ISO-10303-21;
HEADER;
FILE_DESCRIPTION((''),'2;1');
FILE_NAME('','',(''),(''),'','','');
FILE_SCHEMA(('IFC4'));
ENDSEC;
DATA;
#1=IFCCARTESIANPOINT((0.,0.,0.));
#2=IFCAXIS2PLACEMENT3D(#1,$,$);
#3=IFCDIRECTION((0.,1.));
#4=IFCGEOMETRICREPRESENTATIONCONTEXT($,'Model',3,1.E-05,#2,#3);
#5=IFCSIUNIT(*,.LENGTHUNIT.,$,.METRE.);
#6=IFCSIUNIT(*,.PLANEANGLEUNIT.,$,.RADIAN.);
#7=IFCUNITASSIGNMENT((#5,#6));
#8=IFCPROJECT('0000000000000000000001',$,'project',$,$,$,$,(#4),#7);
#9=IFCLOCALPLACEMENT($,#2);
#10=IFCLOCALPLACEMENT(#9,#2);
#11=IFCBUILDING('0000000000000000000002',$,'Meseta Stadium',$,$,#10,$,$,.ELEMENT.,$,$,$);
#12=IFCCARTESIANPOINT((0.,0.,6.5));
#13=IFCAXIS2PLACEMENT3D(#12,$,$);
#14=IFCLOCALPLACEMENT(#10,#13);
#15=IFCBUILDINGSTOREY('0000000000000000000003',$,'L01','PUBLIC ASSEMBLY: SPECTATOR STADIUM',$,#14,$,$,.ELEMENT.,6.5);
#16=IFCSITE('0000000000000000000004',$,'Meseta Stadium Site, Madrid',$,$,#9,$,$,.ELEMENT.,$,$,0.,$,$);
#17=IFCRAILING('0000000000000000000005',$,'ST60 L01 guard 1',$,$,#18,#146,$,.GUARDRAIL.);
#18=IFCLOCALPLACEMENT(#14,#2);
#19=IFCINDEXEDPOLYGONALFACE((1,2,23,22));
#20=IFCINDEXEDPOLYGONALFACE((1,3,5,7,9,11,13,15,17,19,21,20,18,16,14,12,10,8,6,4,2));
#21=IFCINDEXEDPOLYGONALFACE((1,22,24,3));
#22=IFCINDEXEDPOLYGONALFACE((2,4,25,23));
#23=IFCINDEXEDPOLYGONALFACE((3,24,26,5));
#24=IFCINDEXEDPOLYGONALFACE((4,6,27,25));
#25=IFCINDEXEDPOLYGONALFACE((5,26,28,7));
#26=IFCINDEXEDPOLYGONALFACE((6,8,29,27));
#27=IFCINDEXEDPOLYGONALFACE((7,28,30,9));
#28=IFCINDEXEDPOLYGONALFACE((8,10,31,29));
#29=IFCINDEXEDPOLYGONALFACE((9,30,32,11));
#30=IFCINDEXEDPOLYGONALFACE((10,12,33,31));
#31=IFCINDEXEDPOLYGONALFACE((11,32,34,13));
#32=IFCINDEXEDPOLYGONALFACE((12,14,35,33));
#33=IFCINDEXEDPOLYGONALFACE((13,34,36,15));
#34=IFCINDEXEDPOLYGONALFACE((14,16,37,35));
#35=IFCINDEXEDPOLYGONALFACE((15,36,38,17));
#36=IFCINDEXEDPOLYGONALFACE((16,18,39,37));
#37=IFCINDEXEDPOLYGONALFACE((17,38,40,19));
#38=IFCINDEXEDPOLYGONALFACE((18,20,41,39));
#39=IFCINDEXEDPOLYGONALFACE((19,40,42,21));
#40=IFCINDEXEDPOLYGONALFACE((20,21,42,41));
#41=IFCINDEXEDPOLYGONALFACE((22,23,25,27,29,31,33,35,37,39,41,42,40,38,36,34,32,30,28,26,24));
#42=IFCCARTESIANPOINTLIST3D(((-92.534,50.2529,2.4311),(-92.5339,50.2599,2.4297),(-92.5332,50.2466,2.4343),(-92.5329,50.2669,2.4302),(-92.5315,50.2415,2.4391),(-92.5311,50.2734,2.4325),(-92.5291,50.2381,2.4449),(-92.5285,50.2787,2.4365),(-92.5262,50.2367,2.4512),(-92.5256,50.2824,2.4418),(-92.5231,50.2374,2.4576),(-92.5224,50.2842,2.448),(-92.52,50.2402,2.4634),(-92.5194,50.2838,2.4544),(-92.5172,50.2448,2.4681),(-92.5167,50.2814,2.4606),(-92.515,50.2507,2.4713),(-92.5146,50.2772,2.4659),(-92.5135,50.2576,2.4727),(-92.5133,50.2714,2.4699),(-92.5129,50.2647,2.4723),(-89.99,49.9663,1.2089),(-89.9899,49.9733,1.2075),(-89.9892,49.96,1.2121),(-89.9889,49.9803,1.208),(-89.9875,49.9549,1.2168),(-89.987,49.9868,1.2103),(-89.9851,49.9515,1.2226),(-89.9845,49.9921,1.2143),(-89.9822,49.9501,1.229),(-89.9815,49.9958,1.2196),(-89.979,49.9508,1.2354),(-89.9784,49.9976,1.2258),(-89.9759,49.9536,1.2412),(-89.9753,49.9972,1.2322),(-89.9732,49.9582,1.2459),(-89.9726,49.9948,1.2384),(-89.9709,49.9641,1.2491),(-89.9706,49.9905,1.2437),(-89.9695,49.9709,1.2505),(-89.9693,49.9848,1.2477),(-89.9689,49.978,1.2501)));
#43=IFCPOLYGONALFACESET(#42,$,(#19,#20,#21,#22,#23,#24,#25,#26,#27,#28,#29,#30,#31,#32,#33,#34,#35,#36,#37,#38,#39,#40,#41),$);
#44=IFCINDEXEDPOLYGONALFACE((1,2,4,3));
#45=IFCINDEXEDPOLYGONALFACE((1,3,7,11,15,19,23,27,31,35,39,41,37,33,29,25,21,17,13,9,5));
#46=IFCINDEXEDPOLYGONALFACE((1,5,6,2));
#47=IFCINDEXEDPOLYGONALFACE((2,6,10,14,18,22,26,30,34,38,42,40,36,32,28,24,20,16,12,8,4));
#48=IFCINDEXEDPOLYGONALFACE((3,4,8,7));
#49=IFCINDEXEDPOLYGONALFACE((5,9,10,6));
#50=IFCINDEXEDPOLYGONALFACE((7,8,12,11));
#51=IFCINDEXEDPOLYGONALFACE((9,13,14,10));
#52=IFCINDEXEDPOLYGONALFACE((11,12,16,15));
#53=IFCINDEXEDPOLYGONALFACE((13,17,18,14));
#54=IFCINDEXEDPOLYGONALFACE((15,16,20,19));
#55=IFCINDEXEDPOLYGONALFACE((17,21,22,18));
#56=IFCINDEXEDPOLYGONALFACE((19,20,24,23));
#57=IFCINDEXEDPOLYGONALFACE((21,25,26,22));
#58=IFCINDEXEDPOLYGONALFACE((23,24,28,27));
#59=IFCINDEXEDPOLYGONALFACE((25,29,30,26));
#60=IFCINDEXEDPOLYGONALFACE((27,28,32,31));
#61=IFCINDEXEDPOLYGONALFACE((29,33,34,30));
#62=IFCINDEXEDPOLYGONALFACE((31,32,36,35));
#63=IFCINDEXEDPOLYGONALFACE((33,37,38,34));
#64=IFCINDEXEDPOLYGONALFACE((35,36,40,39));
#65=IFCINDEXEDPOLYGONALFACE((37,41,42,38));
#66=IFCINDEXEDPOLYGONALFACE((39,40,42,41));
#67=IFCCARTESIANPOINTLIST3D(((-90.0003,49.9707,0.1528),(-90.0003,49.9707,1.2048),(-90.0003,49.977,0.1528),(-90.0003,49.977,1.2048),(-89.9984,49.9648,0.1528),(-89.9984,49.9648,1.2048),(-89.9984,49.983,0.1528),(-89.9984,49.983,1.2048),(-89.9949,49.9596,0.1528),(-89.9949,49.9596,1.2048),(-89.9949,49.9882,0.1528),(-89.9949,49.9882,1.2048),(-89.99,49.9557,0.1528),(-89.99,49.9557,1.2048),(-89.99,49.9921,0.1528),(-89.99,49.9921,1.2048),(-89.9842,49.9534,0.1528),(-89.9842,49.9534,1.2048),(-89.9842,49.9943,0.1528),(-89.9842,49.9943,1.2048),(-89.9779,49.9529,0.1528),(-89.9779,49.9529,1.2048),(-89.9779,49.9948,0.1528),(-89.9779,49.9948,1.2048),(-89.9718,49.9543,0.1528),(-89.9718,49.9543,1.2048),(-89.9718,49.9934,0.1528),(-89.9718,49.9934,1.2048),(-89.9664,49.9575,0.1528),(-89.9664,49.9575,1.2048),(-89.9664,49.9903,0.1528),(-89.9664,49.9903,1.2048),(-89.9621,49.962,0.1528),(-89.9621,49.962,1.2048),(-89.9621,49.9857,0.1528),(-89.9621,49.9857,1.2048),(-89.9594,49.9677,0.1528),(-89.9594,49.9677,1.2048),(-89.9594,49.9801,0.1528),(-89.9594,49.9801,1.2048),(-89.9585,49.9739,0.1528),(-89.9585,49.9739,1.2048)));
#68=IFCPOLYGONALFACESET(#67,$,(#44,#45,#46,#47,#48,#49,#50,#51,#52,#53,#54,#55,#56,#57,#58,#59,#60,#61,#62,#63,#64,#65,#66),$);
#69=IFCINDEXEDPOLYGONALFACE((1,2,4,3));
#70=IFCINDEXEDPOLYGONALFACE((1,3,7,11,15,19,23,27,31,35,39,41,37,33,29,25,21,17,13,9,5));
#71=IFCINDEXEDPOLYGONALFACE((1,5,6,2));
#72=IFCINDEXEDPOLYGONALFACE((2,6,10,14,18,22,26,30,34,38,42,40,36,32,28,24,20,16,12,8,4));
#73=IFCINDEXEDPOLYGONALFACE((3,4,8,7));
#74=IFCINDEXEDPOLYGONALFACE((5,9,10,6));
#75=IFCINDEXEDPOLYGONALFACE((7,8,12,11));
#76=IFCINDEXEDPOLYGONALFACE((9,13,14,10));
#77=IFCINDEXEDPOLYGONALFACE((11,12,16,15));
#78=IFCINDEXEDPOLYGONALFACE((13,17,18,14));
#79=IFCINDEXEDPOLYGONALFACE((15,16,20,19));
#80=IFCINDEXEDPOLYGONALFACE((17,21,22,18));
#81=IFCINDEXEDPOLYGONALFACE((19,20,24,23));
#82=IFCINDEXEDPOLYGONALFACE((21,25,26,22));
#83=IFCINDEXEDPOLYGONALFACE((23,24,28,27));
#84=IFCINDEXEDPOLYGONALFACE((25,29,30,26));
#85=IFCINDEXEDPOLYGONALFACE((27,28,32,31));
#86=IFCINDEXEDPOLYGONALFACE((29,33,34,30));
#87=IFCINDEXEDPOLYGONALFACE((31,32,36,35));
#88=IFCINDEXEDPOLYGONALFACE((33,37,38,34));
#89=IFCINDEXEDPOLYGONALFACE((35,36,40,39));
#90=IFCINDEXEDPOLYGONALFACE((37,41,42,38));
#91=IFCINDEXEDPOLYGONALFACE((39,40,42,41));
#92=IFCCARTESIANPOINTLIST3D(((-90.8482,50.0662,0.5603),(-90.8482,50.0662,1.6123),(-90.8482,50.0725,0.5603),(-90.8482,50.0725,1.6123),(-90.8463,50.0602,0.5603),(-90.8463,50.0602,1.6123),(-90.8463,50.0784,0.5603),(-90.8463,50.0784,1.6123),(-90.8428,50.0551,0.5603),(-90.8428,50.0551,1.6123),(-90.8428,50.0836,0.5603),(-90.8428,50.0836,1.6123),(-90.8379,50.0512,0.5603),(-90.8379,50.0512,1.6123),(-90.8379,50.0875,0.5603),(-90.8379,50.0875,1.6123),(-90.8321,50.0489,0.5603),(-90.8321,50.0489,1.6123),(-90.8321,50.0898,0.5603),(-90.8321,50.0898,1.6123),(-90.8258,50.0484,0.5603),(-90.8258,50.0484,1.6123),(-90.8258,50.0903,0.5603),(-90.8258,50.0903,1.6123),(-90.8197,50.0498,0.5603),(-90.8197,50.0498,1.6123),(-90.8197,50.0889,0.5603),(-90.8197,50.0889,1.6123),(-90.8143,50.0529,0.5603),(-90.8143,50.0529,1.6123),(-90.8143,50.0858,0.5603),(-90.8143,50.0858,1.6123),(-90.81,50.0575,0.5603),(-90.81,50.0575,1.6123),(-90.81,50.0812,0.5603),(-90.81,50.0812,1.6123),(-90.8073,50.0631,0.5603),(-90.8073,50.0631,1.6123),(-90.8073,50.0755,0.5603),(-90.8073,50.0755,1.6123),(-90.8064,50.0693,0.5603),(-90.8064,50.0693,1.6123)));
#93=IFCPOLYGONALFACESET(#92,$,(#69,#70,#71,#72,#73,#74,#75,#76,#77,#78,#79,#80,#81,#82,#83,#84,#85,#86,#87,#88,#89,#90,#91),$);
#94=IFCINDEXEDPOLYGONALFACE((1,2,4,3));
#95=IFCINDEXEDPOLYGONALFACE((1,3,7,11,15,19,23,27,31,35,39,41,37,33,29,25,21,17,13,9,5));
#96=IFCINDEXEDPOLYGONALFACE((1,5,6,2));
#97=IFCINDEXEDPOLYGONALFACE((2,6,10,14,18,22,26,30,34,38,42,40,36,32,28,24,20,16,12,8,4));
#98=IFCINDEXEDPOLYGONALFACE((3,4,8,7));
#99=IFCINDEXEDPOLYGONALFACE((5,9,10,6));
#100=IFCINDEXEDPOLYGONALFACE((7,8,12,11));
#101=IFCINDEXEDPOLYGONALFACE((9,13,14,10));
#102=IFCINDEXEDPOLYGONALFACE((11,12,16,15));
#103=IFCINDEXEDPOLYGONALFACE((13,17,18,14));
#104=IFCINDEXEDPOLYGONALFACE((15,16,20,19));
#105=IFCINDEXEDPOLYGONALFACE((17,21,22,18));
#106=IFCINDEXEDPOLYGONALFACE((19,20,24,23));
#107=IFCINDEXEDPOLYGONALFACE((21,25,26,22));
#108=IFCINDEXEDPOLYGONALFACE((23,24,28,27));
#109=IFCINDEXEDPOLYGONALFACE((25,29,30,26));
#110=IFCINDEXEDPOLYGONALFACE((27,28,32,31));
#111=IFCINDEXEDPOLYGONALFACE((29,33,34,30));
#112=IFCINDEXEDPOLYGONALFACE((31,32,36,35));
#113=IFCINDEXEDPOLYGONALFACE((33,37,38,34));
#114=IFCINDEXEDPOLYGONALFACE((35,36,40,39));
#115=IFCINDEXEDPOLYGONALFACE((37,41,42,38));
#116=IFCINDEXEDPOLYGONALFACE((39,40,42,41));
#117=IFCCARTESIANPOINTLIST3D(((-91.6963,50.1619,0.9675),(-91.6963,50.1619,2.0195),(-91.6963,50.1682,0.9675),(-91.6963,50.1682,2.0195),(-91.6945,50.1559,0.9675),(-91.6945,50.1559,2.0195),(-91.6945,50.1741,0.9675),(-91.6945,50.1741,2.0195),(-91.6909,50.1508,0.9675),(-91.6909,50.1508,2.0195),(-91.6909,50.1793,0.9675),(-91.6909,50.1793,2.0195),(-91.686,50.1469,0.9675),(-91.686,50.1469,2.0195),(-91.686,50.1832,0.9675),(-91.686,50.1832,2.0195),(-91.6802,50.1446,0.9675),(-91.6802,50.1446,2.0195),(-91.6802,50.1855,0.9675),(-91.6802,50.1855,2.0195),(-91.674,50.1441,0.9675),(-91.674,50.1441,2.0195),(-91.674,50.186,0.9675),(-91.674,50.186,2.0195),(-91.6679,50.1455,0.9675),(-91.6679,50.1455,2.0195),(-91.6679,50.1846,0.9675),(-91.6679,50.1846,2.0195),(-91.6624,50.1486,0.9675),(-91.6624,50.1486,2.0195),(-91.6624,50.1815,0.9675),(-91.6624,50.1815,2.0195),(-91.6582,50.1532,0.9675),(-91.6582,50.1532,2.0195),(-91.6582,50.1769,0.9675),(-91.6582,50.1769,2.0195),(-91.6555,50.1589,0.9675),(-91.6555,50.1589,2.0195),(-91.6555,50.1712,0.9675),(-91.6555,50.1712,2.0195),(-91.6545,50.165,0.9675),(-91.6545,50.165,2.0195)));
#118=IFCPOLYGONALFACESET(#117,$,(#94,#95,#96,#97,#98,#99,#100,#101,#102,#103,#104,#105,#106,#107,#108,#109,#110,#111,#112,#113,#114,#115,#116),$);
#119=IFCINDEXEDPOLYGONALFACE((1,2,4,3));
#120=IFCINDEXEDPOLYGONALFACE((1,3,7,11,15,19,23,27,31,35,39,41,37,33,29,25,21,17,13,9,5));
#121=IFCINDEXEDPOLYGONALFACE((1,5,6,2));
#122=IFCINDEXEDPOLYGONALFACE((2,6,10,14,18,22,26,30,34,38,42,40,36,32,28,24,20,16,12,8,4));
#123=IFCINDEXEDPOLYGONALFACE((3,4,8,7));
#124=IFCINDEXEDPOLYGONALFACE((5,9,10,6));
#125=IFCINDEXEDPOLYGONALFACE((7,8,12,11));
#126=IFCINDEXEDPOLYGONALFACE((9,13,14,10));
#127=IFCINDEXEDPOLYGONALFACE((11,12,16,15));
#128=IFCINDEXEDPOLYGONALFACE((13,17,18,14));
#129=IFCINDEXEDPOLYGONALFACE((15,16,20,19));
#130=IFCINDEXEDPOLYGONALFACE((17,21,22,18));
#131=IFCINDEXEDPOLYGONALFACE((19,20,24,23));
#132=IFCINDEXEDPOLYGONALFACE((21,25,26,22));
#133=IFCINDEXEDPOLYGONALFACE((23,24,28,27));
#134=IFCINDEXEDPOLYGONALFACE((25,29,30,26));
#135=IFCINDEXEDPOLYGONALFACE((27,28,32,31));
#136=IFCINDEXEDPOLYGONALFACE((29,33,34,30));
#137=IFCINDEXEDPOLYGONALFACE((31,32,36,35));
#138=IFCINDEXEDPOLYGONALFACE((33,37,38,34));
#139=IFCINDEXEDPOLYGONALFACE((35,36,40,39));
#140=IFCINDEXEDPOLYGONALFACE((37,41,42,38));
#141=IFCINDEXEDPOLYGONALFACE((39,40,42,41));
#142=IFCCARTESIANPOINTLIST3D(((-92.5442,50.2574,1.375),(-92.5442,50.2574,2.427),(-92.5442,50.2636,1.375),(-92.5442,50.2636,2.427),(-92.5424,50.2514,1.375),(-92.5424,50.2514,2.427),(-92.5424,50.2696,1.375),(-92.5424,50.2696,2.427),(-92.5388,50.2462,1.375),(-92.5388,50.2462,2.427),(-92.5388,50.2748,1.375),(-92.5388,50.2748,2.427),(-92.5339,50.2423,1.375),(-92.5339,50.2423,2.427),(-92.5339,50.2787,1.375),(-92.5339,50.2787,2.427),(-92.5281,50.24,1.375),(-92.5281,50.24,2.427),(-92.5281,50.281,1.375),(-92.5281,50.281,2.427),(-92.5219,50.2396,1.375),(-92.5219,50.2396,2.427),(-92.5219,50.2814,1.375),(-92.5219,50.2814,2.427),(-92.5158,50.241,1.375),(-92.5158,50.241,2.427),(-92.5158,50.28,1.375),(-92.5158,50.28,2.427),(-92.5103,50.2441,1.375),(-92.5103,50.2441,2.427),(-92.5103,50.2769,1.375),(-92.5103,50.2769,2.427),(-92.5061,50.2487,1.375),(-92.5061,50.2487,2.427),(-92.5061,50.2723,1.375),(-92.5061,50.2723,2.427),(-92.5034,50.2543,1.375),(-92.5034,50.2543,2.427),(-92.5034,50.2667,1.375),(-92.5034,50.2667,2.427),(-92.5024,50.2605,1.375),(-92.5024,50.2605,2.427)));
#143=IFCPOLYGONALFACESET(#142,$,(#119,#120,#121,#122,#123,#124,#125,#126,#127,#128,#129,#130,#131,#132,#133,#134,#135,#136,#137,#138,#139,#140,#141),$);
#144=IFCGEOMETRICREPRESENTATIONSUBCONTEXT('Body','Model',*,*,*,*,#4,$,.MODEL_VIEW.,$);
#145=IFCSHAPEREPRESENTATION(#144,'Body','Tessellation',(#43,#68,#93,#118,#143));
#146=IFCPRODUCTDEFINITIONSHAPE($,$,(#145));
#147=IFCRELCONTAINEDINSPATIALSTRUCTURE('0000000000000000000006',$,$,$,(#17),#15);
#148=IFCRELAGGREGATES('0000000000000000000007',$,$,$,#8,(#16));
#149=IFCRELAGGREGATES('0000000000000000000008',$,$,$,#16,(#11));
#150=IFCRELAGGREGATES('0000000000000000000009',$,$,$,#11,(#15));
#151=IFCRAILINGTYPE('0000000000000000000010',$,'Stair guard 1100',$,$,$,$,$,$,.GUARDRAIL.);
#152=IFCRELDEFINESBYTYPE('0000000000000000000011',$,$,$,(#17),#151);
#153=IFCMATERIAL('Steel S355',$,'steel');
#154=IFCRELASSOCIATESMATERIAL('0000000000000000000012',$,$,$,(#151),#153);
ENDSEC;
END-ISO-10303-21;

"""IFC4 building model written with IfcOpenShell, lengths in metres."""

from ifc_helpers import new_model, si_unit, direction, frame, origin, origin_2d, place, context, subcontext, project, spatial, circle, extrude, material, type_object, element, save


model = new_model("IFC4")

# Units and contexts
model_context = context("Model", 3, precision=1e-05, world=origin(), true_north=direction((0.0, 1.0)))
body_context = subcontext(model_context, "Body", "Model", "MODEL_VIEW")
ifc_project = project(units=[si_unit("LENGTHUNIT", "METRE"), si_unit("PLANEANGLEUNIT", "RADIAN")], contexts=[model_context])

# Site, building, storey
site_placement = place(None, origin())
site = spatial("IfcSite", under=ifc_project, at=site_placement, Name="Meseta Stadium Site, Madrid", CompositionType="ELEMENT", RefElevation=0.0)
building_placement = place(site_placement, origin())
building = spatial("IfcBuilding", under=site, at=building_placement, Name="Meseta Stadium", CompositionType="ELEMENT")
storey_placement = place(building_placement, frame((0.0, 0.0, 6.5)))
storey = spatial("IfcBuildingStorey", under=building, at=storey_placement, Name="L01", Description="PUBLIC ASSEMBLY: SPECTATOR STADIUM", CompositionType="ELEMENT", Elevation=6.5)

# Railing
ifc_material_1 = material(Name="Steel S355", Category="steel")
railing_type_1 = type_object("IfcRailingType", Name="Stair guard 1100", PredefinedType="GUARDRAIL", material=ifc_material_1)
railing_1_placement = place(storey_placement, frame((-89.9795, 49.9739, 0.1528)))
element("IfcRailing", 1, at=railing_1_placement, inside=storey, type_object=railing_type_1, Name="ST60 L01 guard 1", PredefinedType="GUARDRAIL", context=body_context, shape_type="SweptSolid", body=[
    extrude(circle(Radius=0.0239, at=origin_2d()), frame((0.0, 0.0, 1.0762), z_axis=(-0.896762, 0.101036, 0.430824), x_axis=(-0.11196, -0.993713, 0.0)), (0.0, 0.0, 1.0), 2.8369),
    extrude(circle(Radius=0.021, at=origin_2d()), origin(), (0.0, 0.0, 1.0), 1.052),
    extrude(circle(Radius=0.021, at=origin_2d()), frame((-0.8479, 0.0955, 0.4075)), (0.0, 0.0, 1.0), 1.052),
    extrude(circle(Radius=0.021, at=origin_2d()), frame((-1.696, 0.1912, 0.8147)), (0.0, 0.0, 1.0), 1.052),
    extrude(circle(Radius=0.021, at=origin_2d()), frame((-2.5439, 0.2866, 1.2222)), (0.0, 0.0, 1.0), 1.052),
])

save(model, "model.ifc")
